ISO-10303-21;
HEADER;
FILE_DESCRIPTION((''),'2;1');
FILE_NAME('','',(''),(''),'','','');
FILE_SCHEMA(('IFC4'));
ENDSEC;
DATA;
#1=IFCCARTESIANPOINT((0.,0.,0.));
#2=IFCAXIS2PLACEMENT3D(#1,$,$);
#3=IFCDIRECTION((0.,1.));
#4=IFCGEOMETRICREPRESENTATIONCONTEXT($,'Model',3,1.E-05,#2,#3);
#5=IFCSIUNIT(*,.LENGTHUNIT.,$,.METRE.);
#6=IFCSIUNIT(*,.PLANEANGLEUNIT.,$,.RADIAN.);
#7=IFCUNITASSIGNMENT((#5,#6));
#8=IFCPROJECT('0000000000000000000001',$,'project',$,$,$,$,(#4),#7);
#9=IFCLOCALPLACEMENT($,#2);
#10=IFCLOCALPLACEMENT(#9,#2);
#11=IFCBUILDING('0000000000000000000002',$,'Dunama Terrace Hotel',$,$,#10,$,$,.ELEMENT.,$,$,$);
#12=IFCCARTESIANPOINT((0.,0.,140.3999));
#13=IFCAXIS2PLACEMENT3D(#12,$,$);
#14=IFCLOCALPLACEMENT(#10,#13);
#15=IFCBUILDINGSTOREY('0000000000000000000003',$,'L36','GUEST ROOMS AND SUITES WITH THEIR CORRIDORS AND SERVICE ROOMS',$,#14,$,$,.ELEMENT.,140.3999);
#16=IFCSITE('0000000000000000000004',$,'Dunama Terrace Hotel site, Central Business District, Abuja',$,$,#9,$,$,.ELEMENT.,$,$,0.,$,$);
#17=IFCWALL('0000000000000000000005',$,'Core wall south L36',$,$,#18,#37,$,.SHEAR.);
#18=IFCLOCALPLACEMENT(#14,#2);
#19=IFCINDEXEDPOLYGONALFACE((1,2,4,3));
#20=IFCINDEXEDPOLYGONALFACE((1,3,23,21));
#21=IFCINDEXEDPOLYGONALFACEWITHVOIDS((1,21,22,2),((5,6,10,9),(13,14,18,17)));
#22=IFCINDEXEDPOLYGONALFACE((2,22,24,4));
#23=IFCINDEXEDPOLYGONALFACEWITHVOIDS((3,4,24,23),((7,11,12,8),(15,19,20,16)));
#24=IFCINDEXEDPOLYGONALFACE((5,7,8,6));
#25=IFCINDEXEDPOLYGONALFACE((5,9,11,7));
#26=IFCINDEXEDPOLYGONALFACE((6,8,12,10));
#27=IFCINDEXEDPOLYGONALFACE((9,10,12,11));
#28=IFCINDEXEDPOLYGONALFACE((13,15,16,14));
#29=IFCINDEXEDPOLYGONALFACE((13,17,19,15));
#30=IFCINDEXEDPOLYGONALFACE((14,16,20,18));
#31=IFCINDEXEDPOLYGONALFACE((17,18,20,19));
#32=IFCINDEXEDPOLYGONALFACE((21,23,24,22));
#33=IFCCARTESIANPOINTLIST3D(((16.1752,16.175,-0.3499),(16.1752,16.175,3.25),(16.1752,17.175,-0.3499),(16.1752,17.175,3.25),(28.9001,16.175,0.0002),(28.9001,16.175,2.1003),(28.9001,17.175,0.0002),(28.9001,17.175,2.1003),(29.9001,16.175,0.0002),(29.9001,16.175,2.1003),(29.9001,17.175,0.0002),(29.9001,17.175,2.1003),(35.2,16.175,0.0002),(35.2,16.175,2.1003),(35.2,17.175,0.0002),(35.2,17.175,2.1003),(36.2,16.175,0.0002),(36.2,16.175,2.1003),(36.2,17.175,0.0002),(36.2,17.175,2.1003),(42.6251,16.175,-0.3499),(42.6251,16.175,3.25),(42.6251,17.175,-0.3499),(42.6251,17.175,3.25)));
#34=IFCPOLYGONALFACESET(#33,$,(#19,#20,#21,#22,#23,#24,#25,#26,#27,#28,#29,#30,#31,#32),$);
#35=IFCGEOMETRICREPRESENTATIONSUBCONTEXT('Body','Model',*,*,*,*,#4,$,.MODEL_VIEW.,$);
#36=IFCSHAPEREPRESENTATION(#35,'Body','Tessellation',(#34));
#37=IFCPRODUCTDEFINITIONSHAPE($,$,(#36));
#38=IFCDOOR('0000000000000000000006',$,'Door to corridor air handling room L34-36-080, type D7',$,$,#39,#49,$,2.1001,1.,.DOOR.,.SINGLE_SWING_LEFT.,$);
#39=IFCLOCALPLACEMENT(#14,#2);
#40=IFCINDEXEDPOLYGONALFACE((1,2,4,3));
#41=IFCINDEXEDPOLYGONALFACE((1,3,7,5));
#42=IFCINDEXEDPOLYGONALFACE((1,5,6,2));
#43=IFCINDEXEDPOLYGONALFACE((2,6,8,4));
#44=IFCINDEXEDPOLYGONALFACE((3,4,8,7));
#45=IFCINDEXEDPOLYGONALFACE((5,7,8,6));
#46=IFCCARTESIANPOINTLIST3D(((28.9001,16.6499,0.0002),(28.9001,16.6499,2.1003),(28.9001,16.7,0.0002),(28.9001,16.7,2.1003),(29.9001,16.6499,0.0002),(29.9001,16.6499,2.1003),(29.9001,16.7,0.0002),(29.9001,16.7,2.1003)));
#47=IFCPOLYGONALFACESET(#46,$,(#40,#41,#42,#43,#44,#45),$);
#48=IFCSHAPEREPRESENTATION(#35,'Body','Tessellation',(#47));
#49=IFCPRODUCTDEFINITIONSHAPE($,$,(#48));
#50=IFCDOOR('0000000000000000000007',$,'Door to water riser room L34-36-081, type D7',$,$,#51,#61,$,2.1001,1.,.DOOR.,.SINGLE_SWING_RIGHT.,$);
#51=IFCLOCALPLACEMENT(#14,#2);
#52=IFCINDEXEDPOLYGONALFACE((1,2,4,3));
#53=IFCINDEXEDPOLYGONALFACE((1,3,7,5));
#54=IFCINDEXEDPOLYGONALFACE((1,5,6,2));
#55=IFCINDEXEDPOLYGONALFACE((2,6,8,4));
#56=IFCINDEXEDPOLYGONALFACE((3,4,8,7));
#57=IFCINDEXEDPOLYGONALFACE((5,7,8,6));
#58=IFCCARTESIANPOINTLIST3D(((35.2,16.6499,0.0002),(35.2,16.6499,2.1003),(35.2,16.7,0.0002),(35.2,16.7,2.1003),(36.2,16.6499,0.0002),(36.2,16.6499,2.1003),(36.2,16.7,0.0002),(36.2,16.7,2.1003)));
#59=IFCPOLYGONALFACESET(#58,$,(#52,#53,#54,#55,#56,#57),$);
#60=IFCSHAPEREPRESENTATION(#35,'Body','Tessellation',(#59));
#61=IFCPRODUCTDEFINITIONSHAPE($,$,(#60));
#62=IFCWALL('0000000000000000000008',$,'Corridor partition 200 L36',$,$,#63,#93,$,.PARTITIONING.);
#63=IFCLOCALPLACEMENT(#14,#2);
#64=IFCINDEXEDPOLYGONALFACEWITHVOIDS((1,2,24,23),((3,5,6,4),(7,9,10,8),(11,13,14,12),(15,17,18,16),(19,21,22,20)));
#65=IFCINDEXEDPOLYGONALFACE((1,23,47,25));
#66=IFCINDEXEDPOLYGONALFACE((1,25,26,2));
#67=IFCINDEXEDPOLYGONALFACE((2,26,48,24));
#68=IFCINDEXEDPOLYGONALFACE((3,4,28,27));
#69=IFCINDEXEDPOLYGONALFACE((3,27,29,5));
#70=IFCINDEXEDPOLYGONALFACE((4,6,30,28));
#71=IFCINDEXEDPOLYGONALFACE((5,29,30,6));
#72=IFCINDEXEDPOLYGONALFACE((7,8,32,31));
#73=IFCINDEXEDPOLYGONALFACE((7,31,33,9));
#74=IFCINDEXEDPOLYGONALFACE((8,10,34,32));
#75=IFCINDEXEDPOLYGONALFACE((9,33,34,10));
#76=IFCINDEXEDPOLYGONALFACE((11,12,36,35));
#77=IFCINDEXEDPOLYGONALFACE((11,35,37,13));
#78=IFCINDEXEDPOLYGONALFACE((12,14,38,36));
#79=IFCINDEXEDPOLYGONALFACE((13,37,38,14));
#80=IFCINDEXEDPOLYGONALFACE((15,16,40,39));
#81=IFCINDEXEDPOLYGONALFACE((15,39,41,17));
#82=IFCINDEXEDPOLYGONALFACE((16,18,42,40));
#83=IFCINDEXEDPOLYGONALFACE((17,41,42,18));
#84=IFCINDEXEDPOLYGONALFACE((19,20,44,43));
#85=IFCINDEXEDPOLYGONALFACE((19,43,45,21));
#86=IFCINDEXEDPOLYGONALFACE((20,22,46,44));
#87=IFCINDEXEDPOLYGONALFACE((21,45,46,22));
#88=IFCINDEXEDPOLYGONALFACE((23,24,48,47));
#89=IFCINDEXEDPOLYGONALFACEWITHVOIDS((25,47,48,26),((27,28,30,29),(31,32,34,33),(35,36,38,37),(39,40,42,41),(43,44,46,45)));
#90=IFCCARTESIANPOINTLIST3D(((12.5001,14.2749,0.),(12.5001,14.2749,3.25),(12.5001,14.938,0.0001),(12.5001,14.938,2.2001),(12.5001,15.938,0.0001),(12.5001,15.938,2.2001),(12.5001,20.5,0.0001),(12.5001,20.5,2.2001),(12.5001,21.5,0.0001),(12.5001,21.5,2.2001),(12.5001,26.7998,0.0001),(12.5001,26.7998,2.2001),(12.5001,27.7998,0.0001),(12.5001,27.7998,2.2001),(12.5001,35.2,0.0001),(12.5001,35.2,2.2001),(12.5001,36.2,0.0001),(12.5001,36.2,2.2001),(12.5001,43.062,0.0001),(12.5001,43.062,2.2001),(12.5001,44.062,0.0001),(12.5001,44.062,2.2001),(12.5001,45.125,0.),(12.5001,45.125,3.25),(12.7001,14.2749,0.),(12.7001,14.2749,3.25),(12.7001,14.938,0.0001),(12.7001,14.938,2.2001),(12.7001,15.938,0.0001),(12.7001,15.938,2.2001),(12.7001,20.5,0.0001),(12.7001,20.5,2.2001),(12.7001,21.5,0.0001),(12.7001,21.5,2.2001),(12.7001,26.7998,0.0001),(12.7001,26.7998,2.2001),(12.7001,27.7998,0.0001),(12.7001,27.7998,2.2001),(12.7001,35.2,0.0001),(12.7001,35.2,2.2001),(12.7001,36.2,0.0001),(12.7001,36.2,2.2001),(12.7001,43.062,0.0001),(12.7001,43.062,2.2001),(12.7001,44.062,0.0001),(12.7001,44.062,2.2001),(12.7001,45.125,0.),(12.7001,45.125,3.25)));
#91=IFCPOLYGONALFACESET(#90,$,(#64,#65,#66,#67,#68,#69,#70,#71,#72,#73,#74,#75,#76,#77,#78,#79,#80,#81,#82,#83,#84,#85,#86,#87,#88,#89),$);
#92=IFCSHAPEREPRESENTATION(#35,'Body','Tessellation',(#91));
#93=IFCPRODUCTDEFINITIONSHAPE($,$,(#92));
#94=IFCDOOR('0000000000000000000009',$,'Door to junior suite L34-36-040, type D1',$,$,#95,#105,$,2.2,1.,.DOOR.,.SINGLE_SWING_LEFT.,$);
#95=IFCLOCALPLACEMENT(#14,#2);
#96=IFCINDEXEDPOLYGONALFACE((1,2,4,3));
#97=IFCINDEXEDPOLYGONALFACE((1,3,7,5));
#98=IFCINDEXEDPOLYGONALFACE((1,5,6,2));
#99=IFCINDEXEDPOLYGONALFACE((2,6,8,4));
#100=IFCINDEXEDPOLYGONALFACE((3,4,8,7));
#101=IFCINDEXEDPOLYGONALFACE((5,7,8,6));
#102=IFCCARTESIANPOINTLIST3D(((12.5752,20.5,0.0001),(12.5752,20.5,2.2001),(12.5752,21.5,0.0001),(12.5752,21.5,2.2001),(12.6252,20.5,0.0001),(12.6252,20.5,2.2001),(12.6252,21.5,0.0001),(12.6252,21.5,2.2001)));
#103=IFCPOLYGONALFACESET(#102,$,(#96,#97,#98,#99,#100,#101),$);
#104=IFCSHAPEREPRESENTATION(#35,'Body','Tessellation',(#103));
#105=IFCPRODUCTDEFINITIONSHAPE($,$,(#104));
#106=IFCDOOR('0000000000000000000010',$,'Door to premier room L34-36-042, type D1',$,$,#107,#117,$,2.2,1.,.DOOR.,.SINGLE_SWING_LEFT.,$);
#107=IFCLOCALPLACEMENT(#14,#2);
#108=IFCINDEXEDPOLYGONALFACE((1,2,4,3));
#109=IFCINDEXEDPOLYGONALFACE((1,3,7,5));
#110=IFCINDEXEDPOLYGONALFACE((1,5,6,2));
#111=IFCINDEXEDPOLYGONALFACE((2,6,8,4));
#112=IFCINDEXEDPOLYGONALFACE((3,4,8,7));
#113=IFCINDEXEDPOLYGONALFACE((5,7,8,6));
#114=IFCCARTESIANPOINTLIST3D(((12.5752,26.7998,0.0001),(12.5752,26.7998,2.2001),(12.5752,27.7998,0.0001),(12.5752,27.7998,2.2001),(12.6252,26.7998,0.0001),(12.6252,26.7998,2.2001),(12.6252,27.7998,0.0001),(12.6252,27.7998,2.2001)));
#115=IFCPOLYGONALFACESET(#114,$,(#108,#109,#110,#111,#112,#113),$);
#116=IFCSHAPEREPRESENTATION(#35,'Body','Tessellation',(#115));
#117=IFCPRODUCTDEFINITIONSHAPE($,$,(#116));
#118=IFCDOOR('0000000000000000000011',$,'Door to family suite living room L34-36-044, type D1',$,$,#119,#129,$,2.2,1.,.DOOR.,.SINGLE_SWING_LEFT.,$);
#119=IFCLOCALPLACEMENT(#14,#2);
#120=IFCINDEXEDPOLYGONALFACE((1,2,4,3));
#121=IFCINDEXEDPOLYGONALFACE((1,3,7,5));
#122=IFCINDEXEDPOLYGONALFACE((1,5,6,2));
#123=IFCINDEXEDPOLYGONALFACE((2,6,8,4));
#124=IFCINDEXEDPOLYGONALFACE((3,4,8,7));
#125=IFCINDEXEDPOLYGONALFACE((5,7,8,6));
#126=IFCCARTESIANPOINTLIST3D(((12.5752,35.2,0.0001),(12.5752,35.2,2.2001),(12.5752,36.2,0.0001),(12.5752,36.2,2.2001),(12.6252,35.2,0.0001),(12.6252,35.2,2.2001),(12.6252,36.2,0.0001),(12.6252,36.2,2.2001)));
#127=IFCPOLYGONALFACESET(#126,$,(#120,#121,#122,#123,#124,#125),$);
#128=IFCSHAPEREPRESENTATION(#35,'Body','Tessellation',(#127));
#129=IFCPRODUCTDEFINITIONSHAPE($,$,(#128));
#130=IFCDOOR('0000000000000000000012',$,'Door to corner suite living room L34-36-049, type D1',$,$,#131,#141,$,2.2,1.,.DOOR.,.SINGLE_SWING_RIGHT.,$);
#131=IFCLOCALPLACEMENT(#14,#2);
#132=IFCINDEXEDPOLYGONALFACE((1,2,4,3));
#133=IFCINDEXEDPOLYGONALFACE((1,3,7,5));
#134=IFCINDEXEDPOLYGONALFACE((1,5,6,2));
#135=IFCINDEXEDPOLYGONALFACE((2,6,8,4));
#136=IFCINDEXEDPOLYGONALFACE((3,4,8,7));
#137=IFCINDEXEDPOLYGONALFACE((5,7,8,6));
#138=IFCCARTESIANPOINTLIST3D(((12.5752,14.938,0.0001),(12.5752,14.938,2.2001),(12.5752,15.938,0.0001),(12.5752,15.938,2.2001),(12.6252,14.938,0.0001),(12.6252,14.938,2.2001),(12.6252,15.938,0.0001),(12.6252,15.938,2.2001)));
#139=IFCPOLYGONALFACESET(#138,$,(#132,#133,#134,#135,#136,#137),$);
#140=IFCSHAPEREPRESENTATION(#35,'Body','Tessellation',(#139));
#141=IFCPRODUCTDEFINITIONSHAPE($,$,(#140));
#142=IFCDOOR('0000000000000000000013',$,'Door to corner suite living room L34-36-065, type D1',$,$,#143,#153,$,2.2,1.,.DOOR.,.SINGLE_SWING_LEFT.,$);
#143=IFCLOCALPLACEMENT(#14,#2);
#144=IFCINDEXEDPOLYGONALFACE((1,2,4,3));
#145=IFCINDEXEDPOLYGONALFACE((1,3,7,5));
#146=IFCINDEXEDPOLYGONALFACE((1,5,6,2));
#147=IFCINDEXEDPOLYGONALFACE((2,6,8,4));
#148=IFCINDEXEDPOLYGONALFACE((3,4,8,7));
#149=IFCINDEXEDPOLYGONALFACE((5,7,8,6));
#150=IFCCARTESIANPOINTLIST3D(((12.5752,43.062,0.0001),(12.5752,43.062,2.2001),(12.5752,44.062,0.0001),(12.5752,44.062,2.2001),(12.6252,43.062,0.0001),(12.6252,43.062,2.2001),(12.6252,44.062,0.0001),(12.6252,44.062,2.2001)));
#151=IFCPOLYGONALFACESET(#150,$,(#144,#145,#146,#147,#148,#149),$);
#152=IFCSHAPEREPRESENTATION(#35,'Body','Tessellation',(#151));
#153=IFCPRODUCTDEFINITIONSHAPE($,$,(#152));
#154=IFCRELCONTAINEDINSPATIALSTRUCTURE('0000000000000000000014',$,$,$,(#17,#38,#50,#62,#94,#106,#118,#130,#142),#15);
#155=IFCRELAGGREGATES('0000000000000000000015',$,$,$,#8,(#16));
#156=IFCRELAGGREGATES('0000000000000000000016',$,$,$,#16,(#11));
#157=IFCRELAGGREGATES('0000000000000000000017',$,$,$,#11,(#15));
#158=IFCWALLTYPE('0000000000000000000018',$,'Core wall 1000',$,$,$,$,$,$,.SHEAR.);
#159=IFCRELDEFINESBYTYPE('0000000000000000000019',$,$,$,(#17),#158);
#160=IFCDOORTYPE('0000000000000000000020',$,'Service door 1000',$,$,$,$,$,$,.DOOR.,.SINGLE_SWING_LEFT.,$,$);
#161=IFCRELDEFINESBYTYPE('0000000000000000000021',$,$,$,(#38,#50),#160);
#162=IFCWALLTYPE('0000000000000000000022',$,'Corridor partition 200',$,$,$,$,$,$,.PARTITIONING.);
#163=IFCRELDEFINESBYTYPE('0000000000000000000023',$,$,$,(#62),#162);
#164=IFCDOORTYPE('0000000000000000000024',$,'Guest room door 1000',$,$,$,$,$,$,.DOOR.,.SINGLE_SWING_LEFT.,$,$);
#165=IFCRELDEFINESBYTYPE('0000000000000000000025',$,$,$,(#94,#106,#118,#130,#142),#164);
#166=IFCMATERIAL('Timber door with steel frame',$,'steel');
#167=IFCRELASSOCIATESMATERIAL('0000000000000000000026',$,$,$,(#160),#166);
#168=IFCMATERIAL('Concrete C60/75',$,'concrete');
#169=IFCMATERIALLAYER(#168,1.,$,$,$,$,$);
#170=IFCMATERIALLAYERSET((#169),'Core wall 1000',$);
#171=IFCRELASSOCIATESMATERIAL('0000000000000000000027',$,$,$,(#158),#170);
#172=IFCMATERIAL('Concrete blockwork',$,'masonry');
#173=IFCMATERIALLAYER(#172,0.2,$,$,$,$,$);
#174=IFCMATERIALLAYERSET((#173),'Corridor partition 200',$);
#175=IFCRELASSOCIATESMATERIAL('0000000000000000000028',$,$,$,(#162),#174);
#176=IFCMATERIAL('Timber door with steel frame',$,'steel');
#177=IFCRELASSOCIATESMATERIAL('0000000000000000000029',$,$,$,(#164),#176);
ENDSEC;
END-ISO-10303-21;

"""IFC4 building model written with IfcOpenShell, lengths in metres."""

from ifc_helpers import new_model, si_unit, direction, frame, frame_2d, origin, place, context, subcontext, project, spatial, rectangle, extrude, material, layer, layer_set, type_object, element, fill, save


model = new_model("IFC4")

# Units and contexts
model_context = context("Model", 3, precision=1e-05, world=origin(), true_north=direction((0.0, 1.0)))
body_context = subcontext(model_context, "Body", "Model", "MODEL_VIEW")
ifc_project = project(units=[si_unit("LENGTHUNIT", "METRE"), si_unit("PLANEANGLEUNIT", "RADIAN")], contexts=[model_context])

# Site, building, storey
site_placement = place(None, origin())
site = spatial("IfcSite", under=ifc_project, at=site_placement, Name="Dunama Terrace Hotel site, Central Business District, Abuja", CompositionType="ELEMENT", RefElevation=0.0)
building_placement = place(site_placement, origin())
building = spatial("IfcBuilding", under=site, at=building_placement, Name="Dunama Terrace Hotel", CompositionType="ELEMENT")
storey_placement = place(building_placement, frame((0.0, 0.0, 140.3999)))
storey = spatial("IfcBuildingStorey", under=building, at=storey_placement, Name="L36", Description="GUEST ROOMS AND SUITES WITH THEIR CORRIDORS AND SERVICE ROOMS", CompositionType="ELEMENT", Elevation=140.3999)

# Shared definitions
ifc_material_1 = material(Name="Timber door with steel frame", Category="steel")
door_type_1 = type_object("IfcDoorType", Name="Service door 1000", OperationType="SINGLE_SWING_LEFT", PredefinedType="DOOR", material=ifc_material_1)

# Walls, openings, doors
ifc_material_2 = material(Name="Concrete C60/75", Category="concrete")
ifc_layer_1 = layer(ifc_material_2, 1.0)
ifc_layer_set_1 = layer_set([ifc_layer_1], Name="Core wall 1000")
wall_type_1 = type_object("IfcWallType", Name="Core wall 1000", PredefinedType="SHEAR", material=ifc_layer_set_1)
wall_1_placement = place(storey_placement, frame((16.175, 16.675, -0.3499), z_axis=(0.0, 0.0, 1.0), x_axis=(1.0, 0.0, 0.0)))
wall_1 = element("IfcWall", 1, at=wall_1_placement, inside=storey, type_object=wall_type_1, Name="Core wall south L36", PredefinedType="SHEAR", context=body_context, shape_type="SweptSolid", body=[
    extrude(rectangle(XDim=26.45, YDim=1.0, at=frame_2d((13.2251, 0.0))), origin(), (0.0, 0.0, 1.0), 3.5999),
])
opening_1_placement = place(wall_1_placement, frame((12.7251, 0.0, 0.3501)))
opening_1 = element("IfcOpeningElement", 2, at=opening_1_placement, cuts=wall_1, PredefinedType="OPENING", context=body_context, shape_type="SweptSolid", body=[
    extrude(rectangle(XDim=1.0, YDim=2.1001, at=frame_2d((0.5, 1.05))), frame((0.0, 0.51, 0.0), z_axis=(0.0, -1.0, 0.0), x_axis=(1.0, 0.0, 0.0)), (0.0, 0.0, 1.0), 1.02),
])
opening_2_placement = place(wall_1_placement, frame((19.0249, 0.0, 0.3501)))
opening_2 = element("IfcOpeningElement", 3, at=opening_2_placement, cuts=wall_1, PredefinedType="OPENING", context=body_context, shape_type="SweptSolid", body=[
    extrude(rectangle(XDim=1.0, YDim=2.1001, at=frame_2d((0.5, 1.05))), frame((0.0, 0.51, 0.0), z_axis=(0.0, -1.0, 0.0), x_axis=(1.0, 0.0, 0.0)), (0.0, 0.0, 1.0), 1.02),
])
door_1_placement = place(opening_1_placement, origin())
door_1 = element("IfcDoor", 4, at=door_1_placement, inside=storey, type_object=door_type_1, Name="Door to corridor air handling room L34-36-080, type D7", OperationType="SINGLE_SWING_LEFT", OverallHeight=2.1001, OverallWidth=1.0, PredefinedType="DOOR", context=body_context, shape_type="SweptSolid", body=[
    extrude(rectangle(XDim=1.0, YDim=2.1001, at=frame_2d((0.5, 1.05))), frame((0.0, 0.0249, 0.0), z_axis=(0.0, -1.0, 0.0), x_axis=(1.0, 0.0, 0.0)), (0.0, 0.0, 1.0), 0.05),
])
fill(opening_1, door_1)
door_2_placement = place(opening_2_placement, origin())
door_2 = element("IfcDoor", 5, at=door_2_placement, inside=storey, type_object=door_type_1, Name="Door to water riser room L34-36-081, type D7", OperationType="SINGLE_SWING_RIGHT", OverallHeight=2.1001, OverallWidth=1.0, PredefinedType="DOOR", context=body_context, shape_type="SweptSolid", body=[
    extrude(rectangle(XDim=1.0, YDim=2.1001, at=frame_2d((0.5, 1.05))), frame((0.0, 0.0249, 0.0), z_axis=(0.0, -1.0, 0.0), x_axis=(1.0, 0.0, 0.0)), (0.0, 0.0, 1.0), 0.05),
])
fill(opening_2, door_2)
ifc_material_3 = material(Name="Concrete blockwork", Category="masonry")
ifc_layer_2 = layer(ifc_material_3, 0.2)
ifc_layer_set_2 = layer_set([ifc_layer_2], Name="Corridor partition 200")
wall_type_2 = type_object("IfcWallType", Name="Corridor partition 200", PredefinedType="PARTITIONING", material=ifc_layer_set_2)
wall_2_placement = place(storey_placement, frame((12.6001, 14.2749, 0.0), z_axis=(0.0, 0.0, 1.0), x_axis=(0.0, 1.0, 0.0)))
wall_2 = element("IfcWall", 6, at=wall_2_placement, inside=storey, type_object=wall_type_2, Name="Corridor partition 200 L36", PredefinedType="PARTITIONING", context=body_context, shape_type="SweptSolid", body=[
    extrude(rectangle(XDim=30.8501, YDim=0.2, at=frame_2d((15.425, 0.0))), origin(), (0.0, 0.0, 1.0), 3.25),
])
opening_3_placement = place(wall_2_placement, frame((6.2251, 0.0, 0.0)))
opening_3 = element("IfcOpeningElement", 7, at=opening_3_placement, cuts=wall_2, PredefinedType="OPENING", context=body_context, shape_type="SweptSolid", body=[
    extrude(rectangle(XDim=1.0, YDim=2.2, at=frame_2d((0.5, 1.1001))), frame((0.0, 0.1099, 0.0), z_axis=(0.0, -1.0, 0.0), x_axis=(1.0, 0.0, 0.0)), (0.0, 0.0, 1.0), 0.22),
])
opening_4_placement = place(wall_2_placement, frame((12.5249, 0.0, 0.0)))
opening_4 = element("IfcOpeningElement", 8, at=opening_4_placement, cuts=wall_2, PredefinedType="OPENING", context=body_context, shape_type="SweptSolid", body=[
    extrude(rectangle(XDim=1.0, YDim=2.2, at=frame_2d((0.5, 1.1001))), frame((0.0, 0.1099, 0.0), z_axis=(0.0, -1.0, 0.0), x_axis=(1.0, 0.0, 0.0)), (0.0, 0.0, 1.0), 0.22),
])
opening_5_placement = place(wall_2_placement, frame((20.925, 0.0, 0.0)))
opening_5 = element("IfcOpeningElement", 9, at=opening_5_placement, cuts=wall_2, PredefinedType="OPENING", context=body_context, shape_type="SweptSolid", body=[
    extrude(rectangle(XDim=1.0, YDim=2.2, at=frame_2d((0.5, 1.1001))), frame((0.0, 0.1099, 0.0), z_axis=(0.0, -1.0, 0.0), x_axis=(1.0, 0.0, 0.0)), (0.0, 0.0, 1.0), 0.22),
])
opening_6_placement = place(wall_2_placement, frame((0.6631, 0.0, 0.0)))
opening_6 = element("IfcOpeningElement", 10, at=opening_6_placement, cuts=wall_2, PredefinedType="OPENING", context=body_context, shape_type="SweptSolid", body=[
    extrude(rectangle(XDim=1.0, YDim=2.2, at=frame_2d((0.5, 1.1001))), frame((0.0, 0.1099, 0.0), z_axis=(0.0, -1.0, 0.0), x_axis=(1.0, 0.0, 0.0)), (0.0, 0.0, 1.0), 0.22),
])
opening_7_placement = place(wall_2_placement, frame((28.7871, 0.0, 0.0)))
opening_7 = element("IfcOpeningElement", 11, at=opening_7_placement, cuts=wall_2, PredefinedType="OPENING", context=body_context, shape_type="SweptSolid", body=[
    extrude(rectangle(XDim=1.0, YDim=2.2, at=frame_2d((0.5, 1.1001))), frame((0.0, 0.1099, 0.0), z_axis=(0.0, -1.0, 0.0), x_axis=(1.0, 0.0, 0.0)), (0.0, 0.0, 1.0), 0.22),
])
ifc_material_4 = material(Name="Timber door with steel frame", Category="steel")
door_type_2 = type_object("IfcDoorType", Name="Guest room door 1000", OperationType="SINGLE_SWING_LEFT", PredefinedType="DOOR", material=ifc_material_4)
door_3_placement = place(opening_3_placement, origin())
door_3 = element("IfcDoor", 12, at=door_3_placement, inside=storey, type_object=door_type_2, Name="Door to junior suite L34-36-040, type D1", OperationType="SINGLE_SWING_LEFT", OverallHeight=2.2, OverallWidth=1.0, PredefinedType="DOOR", context=body_context, shape_type="SweptSolid", body=[
    extrude(rectangle(XDim=1.0, YDim=2.2, at=frame_2d((0.5, 1.1001))), frame((0.0, 0.0249, 0.0), z_axis=(0.0, -1.0, 0.0), x_axis=(1.0, 0.0, 0.0)), (0.0, 0.0, 1.0), 0.05),
])
fill(opening_3, door_3)
door_4_placement = place(opening_4_placement, origin())
door_4 = element("IfcDoor", 13, at=door_4_placement, inside=storey, type_object=door_type_2, Name="Door to premier room L34-36-042, type D1", OperationType="SINGLE_SWING_LEFT", OverallHeight=2.2, OverallWidth=1.0, PredefinedType="DOOR", context=body_context, shape_type="SweptSolid", body=[
    extrude(rectangle(XDim=1.0, YDim=2.2, at=frame_2d((0.5, 1.1001))), frame((0.0, 0.0249, 0.0), z_axis=(0.0, -1.0, 0.0), x_axis=(1.0, 0.0, 0.0)), (0.0, 0.0, 1.0), 0.05),
])
fill(opening_4, door_4)
door_5_placement = place(opening_5_placement, origin())
door_5 = element("IfcDoor", 14, at=door_5_placement, inside=storey, type_object=door_type_2, Name="Door to family suite living room L34-36-044, type D1", OperationType="SINGLE_SWING_LEFT", OverallHeight=2.2, OverallWidth=1.0, PredefinedType="DOOR", context=body_context, shape_type="SweptSolid", body=[
    extrude(rectangle(XDim=1.0, YDim=2.2, at=frame_2d((0.5, 1.1001))), frame((0.0, 0.0249, 0.0), z_axis=(0.0, -1.0, 0.0), x_axis=(1.0, 0.0, 0.0)), (0.0, 0.0, 1.0), 0.05),
])
fill(opening_5, door_5)
door_6_placement = place(opening_6_placement, origin())
door_6 = element("IfcDoor", 15, at=door_6_placement, inside=storey, type_object=door_type_2, Name="Door to corner suite living room L34-36-049, type D1", OperationType="SINGLE_SWING_RIGHT", OverallHeight=2.2, OverallWidth=1.0, PredefinedType="DOOR", context=body_context, shape_type="SweptSolid", body=[
    extrude(rectangle(XDim=1.0, YDim=2.2, at=frame_2d((0.5, 1.1001))), frame((0.0, 0.0249, 0.0), z_axis=(0.0, -1.0, 0.0), x_axis=(1.0, 0.0, 0.0)), (0.0, 0.0, 1.0), 0.05),
])
fill(opening_6, door_6)
door_7_placement = place(opening_7_placement, origin())
door_7 = element("IfcDoor", 16, at=door_7_placement, inside=storey, type_object=door_type_2, Name="Door to corner suite living room L34-36-065, type D1", OperationType="SINGLE_SWING_LEFT", OverallHeight=2.2, OverallWidth=1.0, PredefinedType="DOOR", context=body_context, shape_type="SweptSolid", body=[
    extrude(rectangle(XDim=1.0, YDim=2.2, at=frame_2d((0.5, 1.1001))), frame((0.0, 0.0249, 0.0), z_axis=(0.0, -1.0, 0.0), x_axis=(1.0, 0.0, 0.0)), (0.0, 0.0, 1.0), 0.05),
])
fill(opening_7, door_7)

save(model, "model.ifc")
